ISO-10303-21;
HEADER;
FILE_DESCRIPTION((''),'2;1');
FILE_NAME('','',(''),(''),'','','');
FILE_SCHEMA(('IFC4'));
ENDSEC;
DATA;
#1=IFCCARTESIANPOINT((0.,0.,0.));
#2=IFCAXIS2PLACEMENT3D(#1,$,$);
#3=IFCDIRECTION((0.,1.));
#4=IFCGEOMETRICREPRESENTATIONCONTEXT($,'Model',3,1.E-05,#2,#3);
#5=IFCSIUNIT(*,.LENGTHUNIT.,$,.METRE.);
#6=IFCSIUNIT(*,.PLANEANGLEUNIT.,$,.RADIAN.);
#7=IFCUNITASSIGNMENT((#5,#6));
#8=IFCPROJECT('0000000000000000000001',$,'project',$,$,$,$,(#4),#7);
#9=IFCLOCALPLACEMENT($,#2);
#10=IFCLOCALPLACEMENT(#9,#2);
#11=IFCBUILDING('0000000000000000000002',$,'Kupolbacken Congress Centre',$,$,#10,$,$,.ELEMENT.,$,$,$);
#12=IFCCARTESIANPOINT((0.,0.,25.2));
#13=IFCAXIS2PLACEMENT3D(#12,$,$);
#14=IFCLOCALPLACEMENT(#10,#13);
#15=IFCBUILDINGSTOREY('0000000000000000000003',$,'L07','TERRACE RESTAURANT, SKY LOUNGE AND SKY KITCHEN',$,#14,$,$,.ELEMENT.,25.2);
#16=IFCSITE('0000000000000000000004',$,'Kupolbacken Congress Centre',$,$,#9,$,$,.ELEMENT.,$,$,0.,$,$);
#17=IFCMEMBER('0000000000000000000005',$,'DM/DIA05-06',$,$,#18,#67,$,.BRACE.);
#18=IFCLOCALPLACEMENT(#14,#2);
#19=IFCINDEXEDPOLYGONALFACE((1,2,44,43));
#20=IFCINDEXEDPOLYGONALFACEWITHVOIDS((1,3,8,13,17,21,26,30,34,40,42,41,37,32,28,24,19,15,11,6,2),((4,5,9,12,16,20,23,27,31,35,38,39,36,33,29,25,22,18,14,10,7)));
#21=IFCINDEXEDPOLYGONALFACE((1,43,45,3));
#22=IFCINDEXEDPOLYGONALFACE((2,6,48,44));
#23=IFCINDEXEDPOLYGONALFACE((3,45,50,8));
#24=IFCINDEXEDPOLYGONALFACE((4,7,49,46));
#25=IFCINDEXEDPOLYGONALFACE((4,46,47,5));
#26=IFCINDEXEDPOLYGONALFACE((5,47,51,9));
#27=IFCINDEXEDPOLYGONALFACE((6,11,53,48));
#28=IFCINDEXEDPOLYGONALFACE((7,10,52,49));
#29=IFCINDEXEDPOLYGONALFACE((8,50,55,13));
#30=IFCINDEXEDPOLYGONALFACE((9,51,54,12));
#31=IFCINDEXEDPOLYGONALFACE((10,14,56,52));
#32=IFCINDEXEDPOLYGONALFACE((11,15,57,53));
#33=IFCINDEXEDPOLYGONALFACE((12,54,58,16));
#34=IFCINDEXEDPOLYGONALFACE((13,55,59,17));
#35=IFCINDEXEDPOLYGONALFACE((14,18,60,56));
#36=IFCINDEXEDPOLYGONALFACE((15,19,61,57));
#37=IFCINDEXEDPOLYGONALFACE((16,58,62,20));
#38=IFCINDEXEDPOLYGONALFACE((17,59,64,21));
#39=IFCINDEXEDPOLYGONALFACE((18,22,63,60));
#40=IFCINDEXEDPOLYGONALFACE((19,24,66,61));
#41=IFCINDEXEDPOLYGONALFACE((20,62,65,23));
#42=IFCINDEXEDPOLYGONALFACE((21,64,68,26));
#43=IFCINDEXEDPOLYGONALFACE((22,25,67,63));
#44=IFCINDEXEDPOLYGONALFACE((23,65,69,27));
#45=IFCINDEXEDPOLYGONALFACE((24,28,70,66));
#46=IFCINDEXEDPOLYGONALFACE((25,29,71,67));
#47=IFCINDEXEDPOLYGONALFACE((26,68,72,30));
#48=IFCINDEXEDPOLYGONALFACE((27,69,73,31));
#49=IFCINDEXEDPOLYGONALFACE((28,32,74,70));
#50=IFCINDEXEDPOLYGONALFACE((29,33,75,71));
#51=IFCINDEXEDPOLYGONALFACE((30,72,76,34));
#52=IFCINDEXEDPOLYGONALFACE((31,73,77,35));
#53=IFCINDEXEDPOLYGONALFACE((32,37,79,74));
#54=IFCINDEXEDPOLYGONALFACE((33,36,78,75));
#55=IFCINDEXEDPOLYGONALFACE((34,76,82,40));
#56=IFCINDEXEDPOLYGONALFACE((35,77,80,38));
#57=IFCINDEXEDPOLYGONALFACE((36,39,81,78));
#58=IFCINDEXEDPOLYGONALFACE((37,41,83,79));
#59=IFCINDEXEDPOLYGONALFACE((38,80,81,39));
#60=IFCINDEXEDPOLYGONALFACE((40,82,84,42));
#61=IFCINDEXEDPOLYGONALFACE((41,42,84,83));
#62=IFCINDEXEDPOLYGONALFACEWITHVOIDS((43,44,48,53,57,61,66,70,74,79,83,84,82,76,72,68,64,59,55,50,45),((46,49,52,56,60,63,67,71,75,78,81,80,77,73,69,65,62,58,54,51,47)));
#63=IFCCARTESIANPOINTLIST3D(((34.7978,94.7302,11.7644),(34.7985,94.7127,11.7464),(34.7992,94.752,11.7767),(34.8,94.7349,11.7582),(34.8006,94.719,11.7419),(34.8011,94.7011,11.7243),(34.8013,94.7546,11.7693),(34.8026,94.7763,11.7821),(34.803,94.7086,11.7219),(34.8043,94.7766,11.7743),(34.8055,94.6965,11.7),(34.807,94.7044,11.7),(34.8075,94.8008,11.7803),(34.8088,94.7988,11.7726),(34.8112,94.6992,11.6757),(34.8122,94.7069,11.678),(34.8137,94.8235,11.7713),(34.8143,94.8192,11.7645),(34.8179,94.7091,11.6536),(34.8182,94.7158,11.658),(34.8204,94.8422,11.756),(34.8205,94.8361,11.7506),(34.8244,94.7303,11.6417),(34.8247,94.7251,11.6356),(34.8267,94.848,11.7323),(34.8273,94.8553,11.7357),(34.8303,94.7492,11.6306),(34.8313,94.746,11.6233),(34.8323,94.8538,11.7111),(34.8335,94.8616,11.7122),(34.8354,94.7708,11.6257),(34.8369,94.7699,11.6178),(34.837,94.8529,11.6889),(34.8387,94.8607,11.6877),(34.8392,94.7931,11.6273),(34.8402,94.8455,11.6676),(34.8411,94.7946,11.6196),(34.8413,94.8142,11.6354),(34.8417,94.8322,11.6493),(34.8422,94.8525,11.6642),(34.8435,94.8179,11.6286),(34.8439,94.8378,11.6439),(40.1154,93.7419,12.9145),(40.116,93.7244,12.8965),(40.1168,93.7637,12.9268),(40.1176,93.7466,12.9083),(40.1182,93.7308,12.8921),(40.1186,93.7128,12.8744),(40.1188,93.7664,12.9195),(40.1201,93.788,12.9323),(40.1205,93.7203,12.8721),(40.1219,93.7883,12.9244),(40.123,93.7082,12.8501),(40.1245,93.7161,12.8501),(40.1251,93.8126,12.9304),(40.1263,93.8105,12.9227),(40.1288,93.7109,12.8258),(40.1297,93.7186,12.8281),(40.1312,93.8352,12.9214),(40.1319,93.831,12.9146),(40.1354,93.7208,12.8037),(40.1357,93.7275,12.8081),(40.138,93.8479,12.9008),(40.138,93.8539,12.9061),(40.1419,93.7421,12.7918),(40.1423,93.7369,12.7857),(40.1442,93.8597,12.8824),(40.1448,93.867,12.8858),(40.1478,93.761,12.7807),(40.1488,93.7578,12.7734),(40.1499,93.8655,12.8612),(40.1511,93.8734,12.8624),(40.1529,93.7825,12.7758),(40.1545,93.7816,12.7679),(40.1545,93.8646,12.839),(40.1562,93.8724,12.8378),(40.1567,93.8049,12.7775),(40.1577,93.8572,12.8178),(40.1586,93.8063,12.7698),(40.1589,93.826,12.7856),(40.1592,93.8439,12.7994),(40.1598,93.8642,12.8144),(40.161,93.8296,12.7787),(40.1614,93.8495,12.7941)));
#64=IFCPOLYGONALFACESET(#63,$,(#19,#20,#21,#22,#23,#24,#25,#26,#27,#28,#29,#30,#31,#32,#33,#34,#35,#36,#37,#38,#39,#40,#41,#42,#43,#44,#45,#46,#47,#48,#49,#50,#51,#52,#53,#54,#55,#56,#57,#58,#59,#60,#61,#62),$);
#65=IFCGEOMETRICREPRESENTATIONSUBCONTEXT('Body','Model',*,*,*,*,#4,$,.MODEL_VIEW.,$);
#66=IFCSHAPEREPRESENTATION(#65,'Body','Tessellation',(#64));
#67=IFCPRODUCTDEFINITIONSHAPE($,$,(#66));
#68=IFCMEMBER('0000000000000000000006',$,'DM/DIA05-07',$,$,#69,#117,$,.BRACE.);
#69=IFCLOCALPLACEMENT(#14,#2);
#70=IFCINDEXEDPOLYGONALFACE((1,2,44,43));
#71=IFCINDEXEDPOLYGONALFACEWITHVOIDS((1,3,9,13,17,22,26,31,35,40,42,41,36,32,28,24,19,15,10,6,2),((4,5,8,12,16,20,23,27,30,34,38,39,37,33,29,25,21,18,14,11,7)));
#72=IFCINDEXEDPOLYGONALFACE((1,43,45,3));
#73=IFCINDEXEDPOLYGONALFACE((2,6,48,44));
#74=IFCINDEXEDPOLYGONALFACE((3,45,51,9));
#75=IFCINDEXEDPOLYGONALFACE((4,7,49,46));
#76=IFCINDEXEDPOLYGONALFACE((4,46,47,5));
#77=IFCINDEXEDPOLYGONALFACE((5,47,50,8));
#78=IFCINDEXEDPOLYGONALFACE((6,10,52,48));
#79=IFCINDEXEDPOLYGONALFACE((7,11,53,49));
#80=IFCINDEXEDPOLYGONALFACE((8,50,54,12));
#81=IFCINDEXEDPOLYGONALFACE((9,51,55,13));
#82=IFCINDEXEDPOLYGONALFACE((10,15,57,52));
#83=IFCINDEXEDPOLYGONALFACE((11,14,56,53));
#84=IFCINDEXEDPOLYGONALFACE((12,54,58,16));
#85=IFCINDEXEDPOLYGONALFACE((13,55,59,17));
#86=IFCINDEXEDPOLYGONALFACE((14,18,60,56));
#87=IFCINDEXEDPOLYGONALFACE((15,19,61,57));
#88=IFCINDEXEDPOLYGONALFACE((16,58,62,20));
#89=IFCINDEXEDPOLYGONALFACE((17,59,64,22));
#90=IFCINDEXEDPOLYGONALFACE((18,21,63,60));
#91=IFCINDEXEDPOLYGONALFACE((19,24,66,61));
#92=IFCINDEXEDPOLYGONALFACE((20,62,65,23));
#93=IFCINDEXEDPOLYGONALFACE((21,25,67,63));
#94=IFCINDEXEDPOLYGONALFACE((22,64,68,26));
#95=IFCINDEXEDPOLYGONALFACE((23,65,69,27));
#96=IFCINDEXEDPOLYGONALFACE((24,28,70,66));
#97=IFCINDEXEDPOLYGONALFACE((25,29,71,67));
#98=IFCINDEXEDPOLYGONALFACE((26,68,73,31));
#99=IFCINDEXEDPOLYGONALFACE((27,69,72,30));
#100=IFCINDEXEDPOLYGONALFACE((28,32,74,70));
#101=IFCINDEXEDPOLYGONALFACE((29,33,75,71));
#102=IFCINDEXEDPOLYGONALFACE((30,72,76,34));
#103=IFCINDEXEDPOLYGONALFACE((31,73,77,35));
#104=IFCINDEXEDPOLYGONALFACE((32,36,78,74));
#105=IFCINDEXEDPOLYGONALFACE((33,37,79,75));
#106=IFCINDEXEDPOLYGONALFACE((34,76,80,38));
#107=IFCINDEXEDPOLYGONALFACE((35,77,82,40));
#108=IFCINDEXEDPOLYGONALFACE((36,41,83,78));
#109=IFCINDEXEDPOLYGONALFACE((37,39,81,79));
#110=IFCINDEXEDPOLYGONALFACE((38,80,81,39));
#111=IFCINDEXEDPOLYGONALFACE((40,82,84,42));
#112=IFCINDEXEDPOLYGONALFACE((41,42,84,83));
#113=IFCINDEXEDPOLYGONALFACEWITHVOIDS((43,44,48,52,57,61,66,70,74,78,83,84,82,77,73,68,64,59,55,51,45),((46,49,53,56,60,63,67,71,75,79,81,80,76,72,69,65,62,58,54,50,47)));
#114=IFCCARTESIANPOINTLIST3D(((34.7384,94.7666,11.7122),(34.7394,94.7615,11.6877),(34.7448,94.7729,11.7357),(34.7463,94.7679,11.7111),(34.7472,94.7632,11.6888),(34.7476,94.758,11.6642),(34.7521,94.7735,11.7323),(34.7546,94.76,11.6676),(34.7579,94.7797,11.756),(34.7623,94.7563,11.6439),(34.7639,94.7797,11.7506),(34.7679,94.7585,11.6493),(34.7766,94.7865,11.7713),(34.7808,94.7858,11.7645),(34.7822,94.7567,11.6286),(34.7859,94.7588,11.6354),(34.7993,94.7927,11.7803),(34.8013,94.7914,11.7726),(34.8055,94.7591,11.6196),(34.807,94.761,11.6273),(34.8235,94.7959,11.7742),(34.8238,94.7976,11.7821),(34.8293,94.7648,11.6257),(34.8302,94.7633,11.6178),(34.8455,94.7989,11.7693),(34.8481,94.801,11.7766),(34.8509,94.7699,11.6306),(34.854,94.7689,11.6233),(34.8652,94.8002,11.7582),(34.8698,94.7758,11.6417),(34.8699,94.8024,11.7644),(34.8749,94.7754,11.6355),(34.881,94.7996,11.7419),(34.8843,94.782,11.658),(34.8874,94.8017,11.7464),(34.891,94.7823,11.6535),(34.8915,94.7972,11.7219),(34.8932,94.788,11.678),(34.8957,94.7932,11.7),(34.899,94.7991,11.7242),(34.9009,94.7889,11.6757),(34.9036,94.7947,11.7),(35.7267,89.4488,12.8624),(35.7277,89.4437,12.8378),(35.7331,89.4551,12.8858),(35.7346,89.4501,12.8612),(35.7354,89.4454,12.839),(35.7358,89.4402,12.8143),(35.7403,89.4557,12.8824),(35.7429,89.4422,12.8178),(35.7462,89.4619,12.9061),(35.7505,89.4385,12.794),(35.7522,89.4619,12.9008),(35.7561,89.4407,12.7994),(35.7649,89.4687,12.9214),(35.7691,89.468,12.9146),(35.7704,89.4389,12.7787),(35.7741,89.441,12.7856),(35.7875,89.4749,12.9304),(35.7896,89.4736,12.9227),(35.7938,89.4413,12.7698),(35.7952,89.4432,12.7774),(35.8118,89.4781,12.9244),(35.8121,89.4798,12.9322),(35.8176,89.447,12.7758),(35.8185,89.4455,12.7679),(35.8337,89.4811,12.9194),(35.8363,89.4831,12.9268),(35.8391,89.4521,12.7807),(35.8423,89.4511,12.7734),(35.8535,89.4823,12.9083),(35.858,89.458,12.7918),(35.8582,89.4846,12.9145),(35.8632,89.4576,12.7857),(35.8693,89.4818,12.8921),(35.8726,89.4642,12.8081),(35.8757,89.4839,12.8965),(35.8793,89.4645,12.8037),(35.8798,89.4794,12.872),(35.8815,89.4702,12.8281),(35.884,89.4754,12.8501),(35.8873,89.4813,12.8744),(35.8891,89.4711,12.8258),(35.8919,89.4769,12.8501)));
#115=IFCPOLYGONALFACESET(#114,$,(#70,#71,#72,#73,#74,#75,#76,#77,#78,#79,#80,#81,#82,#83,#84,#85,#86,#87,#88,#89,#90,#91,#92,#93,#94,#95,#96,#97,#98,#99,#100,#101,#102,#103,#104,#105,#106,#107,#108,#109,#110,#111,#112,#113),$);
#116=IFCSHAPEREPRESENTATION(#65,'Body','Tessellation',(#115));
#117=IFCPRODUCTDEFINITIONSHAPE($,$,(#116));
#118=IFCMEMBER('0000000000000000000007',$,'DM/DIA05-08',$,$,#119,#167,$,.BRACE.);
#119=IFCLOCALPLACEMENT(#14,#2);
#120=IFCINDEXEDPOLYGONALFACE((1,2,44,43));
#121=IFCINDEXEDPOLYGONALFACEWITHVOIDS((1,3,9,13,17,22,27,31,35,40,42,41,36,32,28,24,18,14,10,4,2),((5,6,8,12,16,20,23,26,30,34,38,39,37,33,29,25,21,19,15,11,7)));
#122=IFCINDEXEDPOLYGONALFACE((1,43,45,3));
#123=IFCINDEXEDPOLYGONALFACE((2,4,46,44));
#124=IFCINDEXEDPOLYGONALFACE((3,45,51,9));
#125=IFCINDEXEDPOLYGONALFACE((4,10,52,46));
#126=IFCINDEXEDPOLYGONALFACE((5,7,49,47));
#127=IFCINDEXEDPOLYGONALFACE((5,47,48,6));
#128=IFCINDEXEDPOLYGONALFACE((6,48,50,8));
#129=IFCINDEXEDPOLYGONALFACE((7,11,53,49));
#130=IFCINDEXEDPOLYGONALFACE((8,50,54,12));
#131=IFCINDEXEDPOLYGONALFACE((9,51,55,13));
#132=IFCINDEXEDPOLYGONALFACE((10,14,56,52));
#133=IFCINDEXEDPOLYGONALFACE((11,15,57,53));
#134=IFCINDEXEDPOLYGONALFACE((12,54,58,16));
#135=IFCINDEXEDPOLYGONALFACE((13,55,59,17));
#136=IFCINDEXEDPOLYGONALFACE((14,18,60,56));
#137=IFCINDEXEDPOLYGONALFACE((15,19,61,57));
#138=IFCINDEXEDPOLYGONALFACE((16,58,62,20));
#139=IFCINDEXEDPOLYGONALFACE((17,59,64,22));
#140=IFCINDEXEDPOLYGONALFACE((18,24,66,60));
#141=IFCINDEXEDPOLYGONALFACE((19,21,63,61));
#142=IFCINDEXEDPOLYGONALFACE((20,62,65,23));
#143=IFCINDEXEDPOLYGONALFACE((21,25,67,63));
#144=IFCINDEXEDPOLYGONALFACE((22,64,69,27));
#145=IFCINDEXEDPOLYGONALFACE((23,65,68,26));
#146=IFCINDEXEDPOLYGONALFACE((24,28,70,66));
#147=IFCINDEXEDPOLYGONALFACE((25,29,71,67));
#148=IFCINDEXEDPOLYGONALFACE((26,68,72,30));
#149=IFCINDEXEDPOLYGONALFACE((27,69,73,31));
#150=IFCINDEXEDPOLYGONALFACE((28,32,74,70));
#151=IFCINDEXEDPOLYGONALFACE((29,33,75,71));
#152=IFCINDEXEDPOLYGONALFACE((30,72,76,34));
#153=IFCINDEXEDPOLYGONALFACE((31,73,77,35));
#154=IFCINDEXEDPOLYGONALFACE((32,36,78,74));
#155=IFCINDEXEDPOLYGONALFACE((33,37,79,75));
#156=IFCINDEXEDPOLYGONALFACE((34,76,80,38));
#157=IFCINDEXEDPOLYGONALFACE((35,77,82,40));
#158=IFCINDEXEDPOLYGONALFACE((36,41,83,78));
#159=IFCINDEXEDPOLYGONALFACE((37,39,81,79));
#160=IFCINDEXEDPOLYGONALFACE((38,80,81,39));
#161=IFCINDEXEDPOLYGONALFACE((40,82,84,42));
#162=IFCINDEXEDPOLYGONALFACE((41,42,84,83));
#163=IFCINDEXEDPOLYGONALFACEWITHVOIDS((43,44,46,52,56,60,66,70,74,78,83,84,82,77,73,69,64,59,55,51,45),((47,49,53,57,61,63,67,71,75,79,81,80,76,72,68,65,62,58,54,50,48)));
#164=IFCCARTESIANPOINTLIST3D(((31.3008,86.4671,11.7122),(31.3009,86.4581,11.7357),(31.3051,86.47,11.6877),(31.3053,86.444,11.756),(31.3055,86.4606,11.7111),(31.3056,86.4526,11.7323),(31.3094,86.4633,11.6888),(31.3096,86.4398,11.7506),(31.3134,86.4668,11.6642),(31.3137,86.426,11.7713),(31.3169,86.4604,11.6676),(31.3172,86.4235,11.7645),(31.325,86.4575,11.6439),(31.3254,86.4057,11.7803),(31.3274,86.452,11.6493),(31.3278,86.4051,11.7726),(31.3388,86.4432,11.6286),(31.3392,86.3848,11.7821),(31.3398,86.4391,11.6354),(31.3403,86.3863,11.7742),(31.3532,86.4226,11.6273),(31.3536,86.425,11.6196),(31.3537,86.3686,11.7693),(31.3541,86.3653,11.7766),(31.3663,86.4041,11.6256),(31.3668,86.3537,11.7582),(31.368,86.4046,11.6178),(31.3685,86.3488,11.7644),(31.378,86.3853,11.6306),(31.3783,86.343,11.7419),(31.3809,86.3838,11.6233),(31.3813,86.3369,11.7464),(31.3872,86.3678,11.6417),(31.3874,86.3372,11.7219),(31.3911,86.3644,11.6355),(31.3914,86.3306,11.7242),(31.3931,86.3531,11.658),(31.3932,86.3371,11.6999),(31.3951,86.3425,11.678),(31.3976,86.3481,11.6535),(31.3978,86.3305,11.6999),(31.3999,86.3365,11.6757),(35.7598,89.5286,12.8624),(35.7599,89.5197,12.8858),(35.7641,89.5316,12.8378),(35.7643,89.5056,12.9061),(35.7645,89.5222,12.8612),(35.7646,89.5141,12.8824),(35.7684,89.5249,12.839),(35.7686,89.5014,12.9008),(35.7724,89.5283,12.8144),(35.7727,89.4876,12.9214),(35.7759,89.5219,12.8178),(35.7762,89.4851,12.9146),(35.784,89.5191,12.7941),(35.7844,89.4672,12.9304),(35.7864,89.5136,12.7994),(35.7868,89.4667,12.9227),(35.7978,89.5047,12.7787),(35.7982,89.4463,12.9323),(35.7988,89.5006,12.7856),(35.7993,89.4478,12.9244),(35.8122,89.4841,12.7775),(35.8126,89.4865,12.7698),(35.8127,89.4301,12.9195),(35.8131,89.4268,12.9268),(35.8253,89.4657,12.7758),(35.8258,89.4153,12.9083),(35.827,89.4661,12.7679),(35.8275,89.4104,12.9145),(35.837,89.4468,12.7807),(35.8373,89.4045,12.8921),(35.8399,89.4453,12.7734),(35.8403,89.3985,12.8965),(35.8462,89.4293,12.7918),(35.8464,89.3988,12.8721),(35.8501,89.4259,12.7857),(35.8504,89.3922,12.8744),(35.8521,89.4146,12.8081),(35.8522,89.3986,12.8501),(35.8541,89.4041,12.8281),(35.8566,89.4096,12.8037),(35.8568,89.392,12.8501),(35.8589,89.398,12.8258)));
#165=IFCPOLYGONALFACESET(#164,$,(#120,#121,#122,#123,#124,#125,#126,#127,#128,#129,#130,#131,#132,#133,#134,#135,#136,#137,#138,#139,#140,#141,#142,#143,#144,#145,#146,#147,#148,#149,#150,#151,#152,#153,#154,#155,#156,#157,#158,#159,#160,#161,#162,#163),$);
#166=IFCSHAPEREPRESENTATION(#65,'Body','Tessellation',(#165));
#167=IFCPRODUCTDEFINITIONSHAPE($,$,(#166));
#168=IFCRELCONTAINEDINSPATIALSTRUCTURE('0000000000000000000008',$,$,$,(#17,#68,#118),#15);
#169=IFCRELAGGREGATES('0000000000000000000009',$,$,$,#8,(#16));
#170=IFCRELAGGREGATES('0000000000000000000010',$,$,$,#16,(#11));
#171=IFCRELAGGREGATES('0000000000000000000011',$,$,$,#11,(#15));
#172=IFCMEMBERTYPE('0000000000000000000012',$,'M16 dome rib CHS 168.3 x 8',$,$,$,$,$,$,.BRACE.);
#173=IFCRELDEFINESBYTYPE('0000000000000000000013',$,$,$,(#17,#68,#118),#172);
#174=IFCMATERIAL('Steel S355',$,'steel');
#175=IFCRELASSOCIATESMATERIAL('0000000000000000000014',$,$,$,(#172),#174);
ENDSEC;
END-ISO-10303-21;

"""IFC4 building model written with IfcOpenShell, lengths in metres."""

from ifc_helpers import new_model, si_unit, direction, frame, origin, origin_2d, place, context, subcontext, project, spatial, hollow_circle, extrude, material, material_profile, profile_set, type_object, element, save


model = new_model("IFC4")

# Units and contexts
model_context = context("Model", 3, precision=1e-05, world=origin(), true_north=direction((0.0, 1.0)))
body_context = subcontext(model_context, "Body", "Model", "MODEL_VIEW")
ifc_project = project(units=[si_unit("LENGTHUNIT", "METRE"), si_unit("PLANEANGLEUNIT", "RADIAN")], contexts=[model_context])

# Site, building, storey
site_placement = place(None, origin())
site = spatial("IfcSite", under=ifc_project, at=site_placement, Name="Kupolbacken Congress Centre", CompositionType="ELEMENT", RefElevation=0.0)
building_placement = place(site_placement, origin())
building = spatial("IfcBuilding", under=site, at=building_placement, Name="Kupolbacken Congress Centre", CompositionType="ELEMENT")
storey_placement = place(building_placement, frame((0.0, 0.0, 25.2)))
storey = spatial("IfcBuildingStorey", under=building, at=storey_placement, Name="L07", Description="TERRACE RESTAURANT, SKY LOUNGE AND SKY KITCHEN", CompositionType="ELEMENT", Elevation=25.2)

# Members
ifc_material_1 = material(Name="Steel S355", Category="steel")
ifc_material_profile_1 = material_profile(ifc_material_1, hollow_circle(Radius=0.0842, WallThickness=0.0081, at=origin_2d()), Name="CHS 168.3 x 8")
ifc_profile_set_1 = profile_set([ifc_material_profile_1], Name="Steel S355")
member_type_1 = type_object("IfcMemberType", Name="M16 dome rib CHS 168.3 x 8", PredefinedType="BRACE", material=ifc_profile_set_1)
member_1_placement = place(storey_placement, frame((40.1384, 93.791, 12.8501), z_axis=(-0.961662, 0.178725, -0.207997), x_axis=(-0.182721, -0.983165, 0.0)))
element("IfcMember", 1, at=member_1_placement, inside=storey, type_object=member_type_1, Name="DM/DIA05-06", PredefinedType="BRACE", context=body_context, shape_type="SweptSolid", body=[
    extrude(hollow_circle(Radius=0.0842, WallThickness=0.0081, at=origin_2d()), origin(), (0.0, 0.0, 1.0), 5.5295),
])
for number, where, z_axis, x_axis, name in (
    (2, (34.8208, 94.7793, 11.7), (0.178717, -0.961666, 0.207989), (0.983166, 0.182713, 0.0), "DM/DIA05-07"),
    (3, (35.8091, 89.4614, 12.8501), (-0.806361, -0.553644, -0.207992), (0.566023, -0.824389, 0.0), "DM/DIA05-08"),
):
    element("IfcMember", number, at=place(storey_placement, frame(where, z_axis=z_axis, x_axis=x_axis)), inside=storey, type_object=member_type_1, Name=name, PredefinedType="BRACE", context=body_context, shape_type="SweptSolid", body=[
        extrude(hollow_circle(Radius=0.0842, WallThickness=0.0081, at=origin_2d()), origin(), (0.0, 0.0, 1.0), 5.5298),
    ])

save(model, "model.ifc")
